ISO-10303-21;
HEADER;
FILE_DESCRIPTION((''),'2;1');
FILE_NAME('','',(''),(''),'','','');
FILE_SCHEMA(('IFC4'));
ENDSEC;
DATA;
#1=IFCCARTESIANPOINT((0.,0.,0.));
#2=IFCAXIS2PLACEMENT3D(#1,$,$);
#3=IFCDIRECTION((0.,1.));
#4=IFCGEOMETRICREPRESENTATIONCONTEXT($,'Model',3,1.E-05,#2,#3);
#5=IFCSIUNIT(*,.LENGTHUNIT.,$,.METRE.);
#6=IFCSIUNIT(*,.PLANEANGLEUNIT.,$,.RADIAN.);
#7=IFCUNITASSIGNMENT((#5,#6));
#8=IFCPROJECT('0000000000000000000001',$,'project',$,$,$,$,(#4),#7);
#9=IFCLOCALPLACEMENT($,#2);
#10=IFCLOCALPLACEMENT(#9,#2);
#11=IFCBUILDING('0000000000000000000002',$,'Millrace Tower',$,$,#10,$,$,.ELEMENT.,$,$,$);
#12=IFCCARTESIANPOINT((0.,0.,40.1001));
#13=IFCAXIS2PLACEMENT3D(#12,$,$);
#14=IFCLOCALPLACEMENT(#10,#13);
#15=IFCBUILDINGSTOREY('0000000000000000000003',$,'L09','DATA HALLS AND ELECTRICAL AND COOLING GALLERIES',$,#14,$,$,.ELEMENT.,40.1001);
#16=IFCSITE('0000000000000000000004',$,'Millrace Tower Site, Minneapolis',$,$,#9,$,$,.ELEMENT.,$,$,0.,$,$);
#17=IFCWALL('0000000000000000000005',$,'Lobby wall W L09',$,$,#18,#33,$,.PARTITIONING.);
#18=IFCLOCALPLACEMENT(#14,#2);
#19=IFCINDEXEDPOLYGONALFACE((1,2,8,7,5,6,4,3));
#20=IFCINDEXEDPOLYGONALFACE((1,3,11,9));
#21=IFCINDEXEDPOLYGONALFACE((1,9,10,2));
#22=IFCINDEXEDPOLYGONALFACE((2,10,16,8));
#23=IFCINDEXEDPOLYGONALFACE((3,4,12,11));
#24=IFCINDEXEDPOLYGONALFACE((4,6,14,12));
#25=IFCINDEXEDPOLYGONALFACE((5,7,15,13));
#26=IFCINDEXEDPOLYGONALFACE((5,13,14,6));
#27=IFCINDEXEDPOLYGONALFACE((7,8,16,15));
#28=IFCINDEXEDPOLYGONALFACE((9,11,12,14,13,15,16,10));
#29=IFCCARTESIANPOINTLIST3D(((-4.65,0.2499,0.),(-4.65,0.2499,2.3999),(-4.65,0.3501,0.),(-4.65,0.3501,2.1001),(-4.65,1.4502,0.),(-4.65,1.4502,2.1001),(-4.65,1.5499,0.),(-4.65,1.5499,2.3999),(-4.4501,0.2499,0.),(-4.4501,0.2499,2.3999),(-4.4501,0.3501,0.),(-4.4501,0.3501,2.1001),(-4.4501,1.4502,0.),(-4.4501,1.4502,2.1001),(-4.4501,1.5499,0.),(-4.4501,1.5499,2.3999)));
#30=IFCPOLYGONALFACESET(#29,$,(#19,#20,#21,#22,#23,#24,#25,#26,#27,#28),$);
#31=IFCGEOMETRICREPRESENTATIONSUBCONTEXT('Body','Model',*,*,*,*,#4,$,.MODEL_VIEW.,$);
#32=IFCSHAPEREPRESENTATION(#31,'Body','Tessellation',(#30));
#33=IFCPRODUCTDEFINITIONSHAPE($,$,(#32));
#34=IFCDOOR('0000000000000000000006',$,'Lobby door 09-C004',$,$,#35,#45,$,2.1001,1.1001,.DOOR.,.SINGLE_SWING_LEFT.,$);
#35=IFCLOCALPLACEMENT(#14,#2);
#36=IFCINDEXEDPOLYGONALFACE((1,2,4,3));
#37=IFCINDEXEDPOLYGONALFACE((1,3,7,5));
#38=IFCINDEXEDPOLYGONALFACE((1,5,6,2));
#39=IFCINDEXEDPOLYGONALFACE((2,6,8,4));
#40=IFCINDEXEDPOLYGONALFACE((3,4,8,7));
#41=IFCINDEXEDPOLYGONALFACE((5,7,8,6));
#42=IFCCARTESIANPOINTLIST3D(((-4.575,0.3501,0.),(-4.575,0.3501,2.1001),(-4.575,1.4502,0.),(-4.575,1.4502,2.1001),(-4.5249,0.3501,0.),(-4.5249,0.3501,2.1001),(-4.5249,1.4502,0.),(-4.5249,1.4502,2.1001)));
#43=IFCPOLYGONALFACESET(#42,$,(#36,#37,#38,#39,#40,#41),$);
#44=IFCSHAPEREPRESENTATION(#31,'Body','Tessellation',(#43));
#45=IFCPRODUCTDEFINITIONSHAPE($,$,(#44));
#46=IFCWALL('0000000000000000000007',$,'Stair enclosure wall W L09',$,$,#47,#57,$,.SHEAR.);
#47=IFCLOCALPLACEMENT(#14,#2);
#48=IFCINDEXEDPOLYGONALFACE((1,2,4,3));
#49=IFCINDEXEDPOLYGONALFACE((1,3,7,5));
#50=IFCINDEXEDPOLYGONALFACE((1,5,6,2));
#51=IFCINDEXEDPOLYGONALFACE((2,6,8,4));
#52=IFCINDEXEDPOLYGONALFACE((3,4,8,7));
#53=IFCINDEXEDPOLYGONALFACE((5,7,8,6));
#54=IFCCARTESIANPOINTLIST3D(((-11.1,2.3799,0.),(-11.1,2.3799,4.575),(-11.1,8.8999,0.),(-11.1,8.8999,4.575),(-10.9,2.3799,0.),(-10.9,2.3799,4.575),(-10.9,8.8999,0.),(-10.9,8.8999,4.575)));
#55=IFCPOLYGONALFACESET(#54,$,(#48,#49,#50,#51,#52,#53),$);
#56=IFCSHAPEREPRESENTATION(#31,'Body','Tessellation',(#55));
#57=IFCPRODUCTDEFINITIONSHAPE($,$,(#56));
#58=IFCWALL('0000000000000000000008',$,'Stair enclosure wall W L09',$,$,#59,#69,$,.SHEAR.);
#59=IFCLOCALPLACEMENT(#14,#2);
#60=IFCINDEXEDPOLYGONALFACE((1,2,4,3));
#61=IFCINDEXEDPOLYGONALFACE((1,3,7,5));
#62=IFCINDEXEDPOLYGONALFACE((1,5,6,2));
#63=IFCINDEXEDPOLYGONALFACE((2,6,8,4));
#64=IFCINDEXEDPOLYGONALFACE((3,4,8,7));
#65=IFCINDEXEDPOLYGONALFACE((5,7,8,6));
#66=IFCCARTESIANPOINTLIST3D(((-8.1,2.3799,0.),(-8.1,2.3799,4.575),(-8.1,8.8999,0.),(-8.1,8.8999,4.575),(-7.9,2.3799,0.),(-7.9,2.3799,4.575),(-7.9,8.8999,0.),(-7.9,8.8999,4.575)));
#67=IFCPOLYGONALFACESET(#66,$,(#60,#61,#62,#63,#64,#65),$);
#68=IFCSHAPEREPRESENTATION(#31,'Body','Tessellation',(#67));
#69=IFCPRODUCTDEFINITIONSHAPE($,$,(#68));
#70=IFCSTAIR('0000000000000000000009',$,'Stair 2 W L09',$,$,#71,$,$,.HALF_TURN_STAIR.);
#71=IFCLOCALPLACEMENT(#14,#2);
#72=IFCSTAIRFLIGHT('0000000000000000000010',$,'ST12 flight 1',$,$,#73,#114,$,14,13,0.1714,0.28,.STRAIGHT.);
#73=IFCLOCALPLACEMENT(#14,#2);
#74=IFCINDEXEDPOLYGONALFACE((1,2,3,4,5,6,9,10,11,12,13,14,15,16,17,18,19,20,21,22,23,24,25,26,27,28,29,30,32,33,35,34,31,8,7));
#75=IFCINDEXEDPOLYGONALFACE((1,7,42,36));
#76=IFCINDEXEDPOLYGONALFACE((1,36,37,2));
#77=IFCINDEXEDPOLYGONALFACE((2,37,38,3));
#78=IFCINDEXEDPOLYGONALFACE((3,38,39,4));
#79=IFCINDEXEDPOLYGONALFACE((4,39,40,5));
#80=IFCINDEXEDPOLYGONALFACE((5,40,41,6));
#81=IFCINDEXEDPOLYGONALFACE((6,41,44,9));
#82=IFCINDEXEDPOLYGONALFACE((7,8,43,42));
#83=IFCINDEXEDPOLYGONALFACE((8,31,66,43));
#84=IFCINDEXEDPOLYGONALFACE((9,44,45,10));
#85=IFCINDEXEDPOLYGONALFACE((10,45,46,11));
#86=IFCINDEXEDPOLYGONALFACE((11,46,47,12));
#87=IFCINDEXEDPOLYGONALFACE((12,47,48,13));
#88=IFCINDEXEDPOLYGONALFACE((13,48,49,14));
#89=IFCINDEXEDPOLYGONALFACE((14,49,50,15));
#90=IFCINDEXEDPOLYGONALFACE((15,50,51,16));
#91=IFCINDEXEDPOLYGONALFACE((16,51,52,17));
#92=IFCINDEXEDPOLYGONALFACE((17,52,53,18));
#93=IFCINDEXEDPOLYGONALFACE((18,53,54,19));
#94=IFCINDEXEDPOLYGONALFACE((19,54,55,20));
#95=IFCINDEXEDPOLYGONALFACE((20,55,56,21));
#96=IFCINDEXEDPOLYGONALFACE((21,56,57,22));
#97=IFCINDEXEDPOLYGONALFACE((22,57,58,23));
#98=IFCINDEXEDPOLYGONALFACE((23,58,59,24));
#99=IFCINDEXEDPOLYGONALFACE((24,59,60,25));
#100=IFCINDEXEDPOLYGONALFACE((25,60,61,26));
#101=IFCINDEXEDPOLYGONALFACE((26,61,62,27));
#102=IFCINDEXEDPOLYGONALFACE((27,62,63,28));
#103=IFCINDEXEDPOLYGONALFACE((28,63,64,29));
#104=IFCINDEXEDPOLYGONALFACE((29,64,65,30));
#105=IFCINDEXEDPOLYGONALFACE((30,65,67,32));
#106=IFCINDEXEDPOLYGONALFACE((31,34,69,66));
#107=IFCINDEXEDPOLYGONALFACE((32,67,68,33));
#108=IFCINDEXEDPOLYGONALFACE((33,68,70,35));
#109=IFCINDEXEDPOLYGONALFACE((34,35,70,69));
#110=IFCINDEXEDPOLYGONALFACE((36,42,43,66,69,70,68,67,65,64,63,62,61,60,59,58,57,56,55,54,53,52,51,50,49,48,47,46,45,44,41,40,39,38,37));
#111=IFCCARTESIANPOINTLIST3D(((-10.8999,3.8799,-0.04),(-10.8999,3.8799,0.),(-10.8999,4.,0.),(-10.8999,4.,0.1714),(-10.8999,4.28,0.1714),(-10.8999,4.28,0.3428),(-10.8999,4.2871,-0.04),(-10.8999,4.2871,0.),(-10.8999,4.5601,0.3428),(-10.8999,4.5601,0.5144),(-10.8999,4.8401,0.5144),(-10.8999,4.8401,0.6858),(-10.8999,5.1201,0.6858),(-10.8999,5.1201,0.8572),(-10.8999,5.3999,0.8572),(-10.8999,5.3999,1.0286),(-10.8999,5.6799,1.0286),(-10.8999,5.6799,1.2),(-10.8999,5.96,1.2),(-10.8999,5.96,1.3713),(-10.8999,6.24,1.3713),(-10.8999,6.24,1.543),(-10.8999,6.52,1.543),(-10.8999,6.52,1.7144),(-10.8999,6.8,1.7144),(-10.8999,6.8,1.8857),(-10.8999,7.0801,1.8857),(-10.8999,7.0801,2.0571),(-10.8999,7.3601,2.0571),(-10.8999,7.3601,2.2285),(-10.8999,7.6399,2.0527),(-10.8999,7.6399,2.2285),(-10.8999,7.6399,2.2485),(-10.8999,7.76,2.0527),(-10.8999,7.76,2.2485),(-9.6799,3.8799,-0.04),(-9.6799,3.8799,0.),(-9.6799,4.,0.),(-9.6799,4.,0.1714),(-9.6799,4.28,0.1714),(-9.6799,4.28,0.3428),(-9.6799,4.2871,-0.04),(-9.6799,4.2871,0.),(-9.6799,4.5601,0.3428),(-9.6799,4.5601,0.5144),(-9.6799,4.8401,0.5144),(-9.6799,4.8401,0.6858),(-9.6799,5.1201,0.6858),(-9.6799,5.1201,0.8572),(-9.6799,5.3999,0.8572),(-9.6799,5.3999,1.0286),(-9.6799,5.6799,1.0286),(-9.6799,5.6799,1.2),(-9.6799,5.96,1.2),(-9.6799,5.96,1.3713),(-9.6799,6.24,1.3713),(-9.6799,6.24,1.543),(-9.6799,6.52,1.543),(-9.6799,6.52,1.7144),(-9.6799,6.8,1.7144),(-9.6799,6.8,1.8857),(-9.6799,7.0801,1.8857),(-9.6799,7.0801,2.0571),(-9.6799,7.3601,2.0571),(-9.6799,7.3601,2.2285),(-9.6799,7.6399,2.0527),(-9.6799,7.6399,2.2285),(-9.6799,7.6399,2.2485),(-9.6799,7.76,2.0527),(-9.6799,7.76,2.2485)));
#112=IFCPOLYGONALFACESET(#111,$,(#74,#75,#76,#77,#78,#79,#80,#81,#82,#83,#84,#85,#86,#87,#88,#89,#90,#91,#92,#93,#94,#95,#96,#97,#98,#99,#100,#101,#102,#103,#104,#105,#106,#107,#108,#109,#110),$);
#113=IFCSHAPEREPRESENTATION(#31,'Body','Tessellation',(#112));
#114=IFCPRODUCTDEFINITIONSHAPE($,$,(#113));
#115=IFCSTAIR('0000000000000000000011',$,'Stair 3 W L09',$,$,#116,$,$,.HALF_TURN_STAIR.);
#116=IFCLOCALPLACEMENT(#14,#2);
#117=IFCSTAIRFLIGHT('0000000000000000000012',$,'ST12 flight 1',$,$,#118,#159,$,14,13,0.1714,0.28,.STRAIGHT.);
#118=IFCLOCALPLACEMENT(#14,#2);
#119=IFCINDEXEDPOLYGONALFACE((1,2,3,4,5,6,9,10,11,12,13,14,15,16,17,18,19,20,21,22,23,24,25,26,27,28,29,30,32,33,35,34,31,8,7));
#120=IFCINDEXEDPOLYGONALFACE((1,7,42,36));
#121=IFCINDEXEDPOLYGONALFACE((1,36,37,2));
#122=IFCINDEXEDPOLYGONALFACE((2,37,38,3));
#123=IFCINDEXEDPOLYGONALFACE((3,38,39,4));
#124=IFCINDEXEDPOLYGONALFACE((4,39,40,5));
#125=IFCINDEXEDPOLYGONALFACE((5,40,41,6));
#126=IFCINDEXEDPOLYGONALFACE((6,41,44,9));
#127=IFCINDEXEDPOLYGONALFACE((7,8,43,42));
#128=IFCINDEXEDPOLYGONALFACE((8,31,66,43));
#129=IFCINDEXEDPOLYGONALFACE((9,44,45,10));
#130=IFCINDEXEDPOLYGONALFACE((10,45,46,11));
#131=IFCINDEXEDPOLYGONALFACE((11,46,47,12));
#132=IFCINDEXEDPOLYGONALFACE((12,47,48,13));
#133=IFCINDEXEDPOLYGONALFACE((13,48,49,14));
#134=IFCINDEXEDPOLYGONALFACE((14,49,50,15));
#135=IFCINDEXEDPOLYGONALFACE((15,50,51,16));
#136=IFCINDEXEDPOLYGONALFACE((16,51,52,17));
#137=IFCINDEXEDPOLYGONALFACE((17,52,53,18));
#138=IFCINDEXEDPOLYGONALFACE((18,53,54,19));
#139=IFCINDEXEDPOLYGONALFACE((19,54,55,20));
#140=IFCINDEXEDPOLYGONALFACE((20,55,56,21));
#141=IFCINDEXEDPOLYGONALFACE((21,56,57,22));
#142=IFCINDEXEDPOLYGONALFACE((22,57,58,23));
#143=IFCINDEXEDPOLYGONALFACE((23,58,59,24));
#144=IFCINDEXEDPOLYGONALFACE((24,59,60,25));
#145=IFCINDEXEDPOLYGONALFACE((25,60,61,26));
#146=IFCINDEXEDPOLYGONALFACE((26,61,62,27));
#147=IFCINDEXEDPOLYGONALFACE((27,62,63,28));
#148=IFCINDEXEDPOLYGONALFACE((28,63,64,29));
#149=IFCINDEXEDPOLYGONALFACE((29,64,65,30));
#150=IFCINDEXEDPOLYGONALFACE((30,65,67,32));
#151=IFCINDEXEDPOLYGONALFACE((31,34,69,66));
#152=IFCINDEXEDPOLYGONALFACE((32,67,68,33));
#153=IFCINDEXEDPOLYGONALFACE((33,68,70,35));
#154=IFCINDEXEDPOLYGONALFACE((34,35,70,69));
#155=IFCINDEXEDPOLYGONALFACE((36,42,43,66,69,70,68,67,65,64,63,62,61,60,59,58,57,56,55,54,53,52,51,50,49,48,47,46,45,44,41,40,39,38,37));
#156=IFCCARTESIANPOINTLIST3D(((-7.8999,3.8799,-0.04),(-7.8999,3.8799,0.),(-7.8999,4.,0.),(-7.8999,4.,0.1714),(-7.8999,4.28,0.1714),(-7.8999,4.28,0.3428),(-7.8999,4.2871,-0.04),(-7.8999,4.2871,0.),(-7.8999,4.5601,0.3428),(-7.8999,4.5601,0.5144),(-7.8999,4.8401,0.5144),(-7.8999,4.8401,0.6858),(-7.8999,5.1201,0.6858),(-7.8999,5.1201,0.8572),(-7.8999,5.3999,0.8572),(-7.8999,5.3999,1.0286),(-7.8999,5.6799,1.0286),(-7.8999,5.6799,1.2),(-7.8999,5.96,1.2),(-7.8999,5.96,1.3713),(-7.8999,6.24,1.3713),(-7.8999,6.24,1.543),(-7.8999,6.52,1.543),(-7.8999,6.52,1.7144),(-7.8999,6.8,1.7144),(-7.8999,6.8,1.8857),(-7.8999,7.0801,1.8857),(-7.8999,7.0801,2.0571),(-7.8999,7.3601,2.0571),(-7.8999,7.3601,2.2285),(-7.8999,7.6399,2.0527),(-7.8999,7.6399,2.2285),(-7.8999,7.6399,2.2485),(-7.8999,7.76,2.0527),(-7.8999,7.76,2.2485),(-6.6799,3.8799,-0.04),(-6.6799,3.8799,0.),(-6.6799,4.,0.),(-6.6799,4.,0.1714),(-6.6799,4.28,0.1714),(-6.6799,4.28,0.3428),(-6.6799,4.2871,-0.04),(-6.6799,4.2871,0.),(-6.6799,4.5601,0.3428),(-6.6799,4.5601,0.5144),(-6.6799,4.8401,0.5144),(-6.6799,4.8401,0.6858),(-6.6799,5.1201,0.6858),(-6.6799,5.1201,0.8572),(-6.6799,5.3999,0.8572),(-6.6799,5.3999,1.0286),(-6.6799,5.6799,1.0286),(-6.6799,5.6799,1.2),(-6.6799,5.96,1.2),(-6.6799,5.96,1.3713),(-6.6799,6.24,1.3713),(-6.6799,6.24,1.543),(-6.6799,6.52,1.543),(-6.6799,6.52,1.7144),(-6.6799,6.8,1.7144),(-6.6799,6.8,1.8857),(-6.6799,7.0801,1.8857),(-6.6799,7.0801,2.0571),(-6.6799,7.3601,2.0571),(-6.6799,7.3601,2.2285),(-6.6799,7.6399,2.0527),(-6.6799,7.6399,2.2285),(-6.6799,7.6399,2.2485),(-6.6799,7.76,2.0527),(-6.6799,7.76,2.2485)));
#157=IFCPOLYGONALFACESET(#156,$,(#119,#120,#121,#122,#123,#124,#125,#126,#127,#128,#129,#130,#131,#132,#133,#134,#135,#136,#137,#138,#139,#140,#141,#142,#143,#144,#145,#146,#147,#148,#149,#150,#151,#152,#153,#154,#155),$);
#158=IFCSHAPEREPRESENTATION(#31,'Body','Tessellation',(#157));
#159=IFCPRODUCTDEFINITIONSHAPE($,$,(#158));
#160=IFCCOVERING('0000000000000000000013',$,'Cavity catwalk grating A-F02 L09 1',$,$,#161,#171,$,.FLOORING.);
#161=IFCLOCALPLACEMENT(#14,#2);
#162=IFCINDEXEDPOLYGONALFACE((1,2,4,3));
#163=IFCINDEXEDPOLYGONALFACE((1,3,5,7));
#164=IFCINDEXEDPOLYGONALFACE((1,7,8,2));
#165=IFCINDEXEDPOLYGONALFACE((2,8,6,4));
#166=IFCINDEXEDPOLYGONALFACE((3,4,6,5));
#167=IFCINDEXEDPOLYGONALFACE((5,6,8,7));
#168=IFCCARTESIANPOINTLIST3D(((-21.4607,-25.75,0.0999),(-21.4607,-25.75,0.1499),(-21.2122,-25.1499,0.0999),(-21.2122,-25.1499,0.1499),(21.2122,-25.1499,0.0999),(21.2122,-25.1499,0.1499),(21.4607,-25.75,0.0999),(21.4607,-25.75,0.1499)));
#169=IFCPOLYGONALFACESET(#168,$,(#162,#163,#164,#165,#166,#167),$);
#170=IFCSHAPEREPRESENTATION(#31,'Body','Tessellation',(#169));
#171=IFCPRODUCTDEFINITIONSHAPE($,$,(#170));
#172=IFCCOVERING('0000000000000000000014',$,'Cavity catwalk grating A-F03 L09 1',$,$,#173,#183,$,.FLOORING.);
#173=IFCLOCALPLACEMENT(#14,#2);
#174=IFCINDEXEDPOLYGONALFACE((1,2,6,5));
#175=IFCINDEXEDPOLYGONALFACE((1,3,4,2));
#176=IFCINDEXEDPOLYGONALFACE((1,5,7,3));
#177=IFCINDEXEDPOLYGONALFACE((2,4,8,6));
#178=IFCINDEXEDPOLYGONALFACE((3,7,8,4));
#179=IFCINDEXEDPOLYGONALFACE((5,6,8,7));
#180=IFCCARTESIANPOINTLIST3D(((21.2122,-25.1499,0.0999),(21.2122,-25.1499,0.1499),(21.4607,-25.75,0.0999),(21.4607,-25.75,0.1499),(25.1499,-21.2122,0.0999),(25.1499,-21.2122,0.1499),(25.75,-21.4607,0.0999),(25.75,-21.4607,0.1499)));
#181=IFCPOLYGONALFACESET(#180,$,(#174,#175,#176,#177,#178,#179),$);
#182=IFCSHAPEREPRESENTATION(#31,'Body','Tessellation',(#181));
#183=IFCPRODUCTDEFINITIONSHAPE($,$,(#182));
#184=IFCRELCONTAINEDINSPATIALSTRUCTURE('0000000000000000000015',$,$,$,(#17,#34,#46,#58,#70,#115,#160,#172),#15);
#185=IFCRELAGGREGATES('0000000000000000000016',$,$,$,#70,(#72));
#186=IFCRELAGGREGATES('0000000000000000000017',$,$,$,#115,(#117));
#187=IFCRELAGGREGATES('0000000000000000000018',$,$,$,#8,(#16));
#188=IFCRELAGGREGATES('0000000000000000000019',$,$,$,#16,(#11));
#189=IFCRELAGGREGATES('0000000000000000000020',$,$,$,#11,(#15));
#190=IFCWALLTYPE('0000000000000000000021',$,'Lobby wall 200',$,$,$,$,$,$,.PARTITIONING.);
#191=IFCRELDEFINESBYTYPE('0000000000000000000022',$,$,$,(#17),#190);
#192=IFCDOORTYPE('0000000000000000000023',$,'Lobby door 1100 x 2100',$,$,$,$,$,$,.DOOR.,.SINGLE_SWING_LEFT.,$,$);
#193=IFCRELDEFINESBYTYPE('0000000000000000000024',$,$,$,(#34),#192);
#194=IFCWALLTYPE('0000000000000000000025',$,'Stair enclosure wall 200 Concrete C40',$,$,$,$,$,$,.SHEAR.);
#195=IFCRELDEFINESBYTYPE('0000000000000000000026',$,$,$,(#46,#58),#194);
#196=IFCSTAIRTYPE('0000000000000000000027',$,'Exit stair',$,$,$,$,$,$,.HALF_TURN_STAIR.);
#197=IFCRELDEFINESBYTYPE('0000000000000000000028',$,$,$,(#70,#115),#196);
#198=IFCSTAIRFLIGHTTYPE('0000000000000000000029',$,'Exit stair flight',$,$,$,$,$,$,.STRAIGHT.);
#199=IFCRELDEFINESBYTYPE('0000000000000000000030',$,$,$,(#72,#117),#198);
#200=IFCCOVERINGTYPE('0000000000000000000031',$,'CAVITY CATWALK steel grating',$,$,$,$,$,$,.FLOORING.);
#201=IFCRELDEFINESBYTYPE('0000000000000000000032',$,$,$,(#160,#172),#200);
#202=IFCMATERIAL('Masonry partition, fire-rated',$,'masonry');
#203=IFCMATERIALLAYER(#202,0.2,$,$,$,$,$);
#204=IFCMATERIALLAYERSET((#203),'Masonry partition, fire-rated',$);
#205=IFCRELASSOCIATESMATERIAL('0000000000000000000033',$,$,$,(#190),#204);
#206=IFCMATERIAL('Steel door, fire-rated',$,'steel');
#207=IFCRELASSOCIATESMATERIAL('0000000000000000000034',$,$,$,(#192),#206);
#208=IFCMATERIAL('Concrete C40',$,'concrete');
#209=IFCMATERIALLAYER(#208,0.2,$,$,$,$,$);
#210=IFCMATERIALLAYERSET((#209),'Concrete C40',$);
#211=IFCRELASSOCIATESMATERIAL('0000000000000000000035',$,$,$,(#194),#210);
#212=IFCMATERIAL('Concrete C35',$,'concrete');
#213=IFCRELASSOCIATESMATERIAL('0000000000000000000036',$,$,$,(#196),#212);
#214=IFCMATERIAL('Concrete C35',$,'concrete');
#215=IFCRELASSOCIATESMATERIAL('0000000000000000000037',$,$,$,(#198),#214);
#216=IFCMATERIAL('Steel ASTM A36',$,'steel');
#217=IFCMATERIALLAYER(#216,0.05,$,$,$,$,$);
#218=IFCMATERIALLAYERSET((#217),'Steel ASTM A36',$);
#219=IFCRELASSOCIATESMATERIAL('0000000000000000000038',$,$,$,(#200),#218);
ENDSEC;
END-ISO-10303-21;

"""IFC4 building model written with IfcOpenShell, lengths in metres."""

from ifc_helpers import new_model, si_unit, direction, frame, frame_2d, origin, place, context, subcontext, project, spatial, polyline, rectangle, outline, extrude, material, layer, layer_set, type_object, element, fill, aggregate, save


model = new_model("IFC4")

# Units and contexts
model_context = context("Model", 3, precision=1e-05, world=origin(), true_north=direction((0.0, 1.0)))
body_context = subcontext(model_context, "Body", "Model", "MODEL_VIEW")
ifc_project = project(units=[si_unit("LENGTHUNIT", "METRE"), si_unit("PLANEANGLEUNIT", "RADIAN")], contexts=[model_context])

# Site, building, storey
site_placement = place(None, origin())
site = spatial("IfcSite", under=ifc_project, at=site_placement, Name="Millrace Tower Site, Minneapolis", CompositionType="ELEMENT", RefElevation=0.0)
building_placement = place(site_placement, origin())
building = spatial("IfcBuilding", under=site, at=building_placement, Name="Millrace Tower", CompositionType="ELEMENT")
storey_placement = place(building_placement, frame((0.0, 0.0, 40.1001)))
storey = spatial("IfcBuildingStorey", under=building, at=storey_placement, Name="L09", Description="DATA HALLS AND ELECTRICAL AND COOLING GALLERIES", CompositionType="ELEMENT", Elevation=40.1001)

# Shared definitions
placement_1 = place(storey_placement, origin())

# Wall, opening, door
ifc_material_1 = material(Name="Masonry partition, fire-rated", Category="masonry")
ifc_layer_1 = layer(ifc_material_1, 0.2)
ifc_layer_set_1 = layer_set([ifc_layer_1], Name="Masonry partition, fire-rated")
wall_type_1 = type_object("IfcWallType", Name="Lobby wall 200", PredefinedType="PARTITIONING", material=ifc_layer_set_1)
wall_1_placement = place(storey_placement, frame((-4.55, 0.25, 0.0), z_axis=(0.0, 0.0, 1.0), x_axis=(0.0, 1.0, 0.0)))
wall_1 = element("IfcWall", 1, at=wall_1_placement, inside=storey, type_object=wall_type_1, Name="Lobby wall W L09", PredefinedType="PARTITIONING", context=body_context, shape_type="SweptSolid", body=[
    extrude(rectangle(XDim=1.3, YDim=0.2, at=frame_2d((0.6499, 0.0))), origin(), (0.0, 0.0, 1.0), 2.3999),
])
opening_placement = place(wall_1_placement, frame((0.1001, 0.0, 0.0)))
opening = element("IfcOpeningElement", 2, at=opening_placement, cuts=wall_1, PredefinedType="OPENING", context=body_context, shape_type="SweptSolid", body=[
    extrude(rectangle(XDim=1.1001, YDim=2.1001, at=frame_2d((0.55, 1.05))), frame((0.0, 0.1099, 0.0), z_axis=(0.0, -1.0, 0.0), x_axis=(1.0, 0.0, 0.0)), (0.0, 0.0, 1.0), 0.22),
])
ifc_material_2 = material(Name="Steel door, fire-rated", Category="steel")
door_type = type_object("IfcDoorType", Name="Lobby door 1100 x 2100", OperationType="SINGLE_SWING_LEFT", PredefinedType="DOOR", material=ifc_material_2)
door_placement = place(opening_placement, origin())
door = element("IfcDoor", 3, at=door_placement, inside=storey, type_object=door_type, Name="Lobby door 09-C004", OperationType="SINGLE_SWING_LEFT", OverallHeight=2.1001, OverallWidth=1.1001, PredefinedType="DOOR", context=body_context, shape_type="SweptSolid", body=[
    extrude(rectangle(XDim=1.1001, YDim=2.1001, at=frame_2d((0.55, 1.05))), frame((0.0, 0.0249, 0.0), z_axis=(0.0, -1.0, 0.0), x_axis=(1.0, 0.0, 0.0)), (0.0, 0.0, 1.0), 0.05),
])
fill(opening, door)

# Walls
ifc_material_3 = material(Name="Concrete C40", Category="concrete")
ifc_layer_2 = layer(ifc_material_3, 0.2)
ifc_layer_set_2 = layer_set([ifc_layer_2], Name="Concrete C40")
wall_type_2 = type_object("IfcWallType", Name="Stair enclosure wall 200 Concrete C40", PredefinedType="SHEAR", material=ifc_layer_set_2)
for number, where, z_axis, x_axis, name in (
    (4, (-11.0, 2.3799, 0.0), (0.0, 0.0, 1.0), (0.0, 1.0, 0.0), "Stair enclosure wall W L09"),
    (5, (-8.0, 2.3799, 0.0), (0.0, 0.0, 1.0), (0.0, 1.0, 0.0), "Stair enclosure wall W L09"),
):
    element("IfcWall", number, at=place(storey_placement, frame(where, z_axis=z_axis, x_axis=x_axis)), inside=storey, type_object=wall_type_2, Name=name, PredefinedType="SHEAR", context=body_context, shape_type="SweptSolid", body=[
        extrude(rectangle(XDim=6.52, YDim=0.2, at=frame_2d((3.26, 0.0))), origin(), (0.0, 0.0, 1.0), 4.575),
    ])

# Stairs, stair flights
ifc_material_4 = material(Name="Concrete C35", Category="concrete")
stair_type = type_object("IfcStairType", Name="Exit stair", PredefinedType="HALF_TURN_STAIR", material=ifc_material_4)
stair_1 = element("IfcStair", 6, at=placement_1, inside=storey, type_object=stair_type, Name="Stair 2 W L09", PredefinedType="HALF_TURN_STAIR")
ifc_material_5 = material(Name="Concrete C35", Category="concrete")
stair_flight_type = type_object("IfcStairFlightType", Name="Exit stair flight", PredefinedType="STRAIGHT", material=ifc_material_5)
stair_flight_1_placement = place(storey_placement, frame((-10.29, 4.0, 0.0), z_axis=(0.0, 0.0, 1.0), x_axis=(0.0, 1.0, 0.0)))
stair_flight_1 = element("IfcStairFlight", 7, at=stair_flight_1_placement, type_object=stair_flight_type, Name="ST12 flight 1", NumberOfRisers=14, NumberOfTreads=13, PredefinedType="STRAIGHT", RiserHeight=0.1714, TreadLength=0.28, context=body_context, shape_type="SweptSolid", body=[
    extrude(outline(polyline([(-0.1201, -0.04), (-0.1201, 0.0), (0.0, 0.0), (0.0, 0.1714), (0.28, 0.1714), (0.28, 0.3428), (0.5601, 0.3428), (0.5601, 0.5144), (0.8401, 0.5144), (0.8401, 0.6858), (1.1201, 0.6858), (1.1201, 0.8572), (1.3999, 0.8572), (1.3999, 1.0286), (1.6799, 1.0286), (1.6799, 1.2), (1.96, 1.2), (1.96, 1.3713), (2.24, 1.3713), (2.24, 1.543), (2.52, 1.543), (2.52, 1.7144), (2.8, 1.7144), (2.8, 1.8857), (3.0801, 1.8857), (3.0801, 2.0571), (3.3601, 2.0571), (3.3601, 2.2285), (3.6399, 2.2285), (3.6399, 2.2485), (3.76, 2.2485), (3.76, 2.0527), (3.6399, 2.0527), (0.2871, 0.0), (0.2871, -0.04), (-0.1201, -0.04)])), frame((0.0, 0.6099, 0.0), z_axis=(0.0, -1.0, 0.0), x_axis=(1.0, 0.0, 0.0)), (0.0, 0.0, 1.0), 1.22),
])
aggregate(stair_1, [stair_flight_1])
stair_2 = element("IfcStair", 8, at=placement_1, inside=storey, type_object=stair_type, Name="Stair 3 W L09", PredefinedType="HALF_TURN_STAIR")
stair_flight_2_placement = place(storey_placement, frame((-7.29, 4.0, 0.0), z_axis=(0.0, 0.0, 1.0), x_axis=(0.0, 1.0, 0.0)))
stair_flight_2 = element("IfcStairFlight", 9, at=stair_flight_2_placement, type_object=stair_flight_type, Name="ST12 flight 1", NumberOfRisers=14, NumberOfTreads=13, PredefinedType="STRAIGHT", RiserHeight=0.1714, TreadLength=0.28, context=body_context, shape_type="SweptSolid", body=[
    extrude(outline(polyline([(-0.1201, -0.04), (-0.1201, 0.0), (0.0, 0.0), (0.0, 0.1714), (0.28, 0.1714), (0.28, 0.3428), (0.5601, 0.3428), (0.5601, 0.5144), (0.8401, 0.5144), (0.8401, 0.6858), (1.1201, 0.6858), (1.1201, 0.8572), (1.3999, 0.8572), (1.3999, 1.0286), (1.6799, 1.0286), (1.6799, 1.2), (1.96, 1.2), (1.96, 1.3713), (2.24, 1.3713), (2.24, 1.543), (2.52, 1.543), (2.52, 1.7144), (2.8, 1.7144), (2.8, 1.8857), (3.0801, 1.8857), (3.0801, 2.0571), (3.3601, 2.0571), (3.3601, 2.2285), (3.6399, 2.2285), (3.6399, 2.2485), (3.76, 2.2485), (3.76, 2.0527), (3.6399, 2.0527), (0.2871, 0.0), (0.2871, -0.04), (-0.1201, -0.04)])), frame((0.0, 0.6099, 0.0), z_axis=(0.0, -1.0, 0.0), x_axis=(1.0, 0.0, 0.0)), (0.0, 0.0, 1.0), 1.22),
])
aggregate(stair_2, [stair_flight_2])

# Coverings
ifc_material_6 = material(Name="Steel ASTM A36", Category="steel")
ifc_layer_3 = layer(ifc_material_6, 0.05)
ifc_layer_set_3 = layer_set([ifc_layer_3], Name="Steel ASTM A36")
covering_type = type_object("IfcCoveringType", Name="CAVITY CATWALK steel grating", PredefinedType="FLOORING", material=ifc_layer_set_3)
placement_2 = place(storey_placement, frame((0.0, 0.0, 0.0999)))
element("IfcCovering", 10, at=placement_2, inside=storey, type_object=covering_type, Name="Cavity catwalk grating A-F02 L09 1", PredefinedType="FLOORING", context=body_context, shape_type="SweptSolid", body=[
    extrude(outline(polyline([(-21.4607, -25.75), (21.4607, -25.75), (21.2122, -25.1499), (-21.2122, -25.1499), (-21.4607, -25.75)])), origin(), (0.0, 0.0, 1.0), 0.05),
])
element("IfcCovering", 11, at=placement_2, inside=storey, type_object=covering_type, Name="Cavity catwalk grating A-F03 L09 1", PredefinedType="FLOORING", context=body_context, shape_type="SweptSolid", body=[
    extrude(outline(polyline([(21.4607, -25.75), (25.75, -21.4607), (25.1499, -21.2122), (21.2122, -25.1499), (21.4607, -25.75)])), origin(), (0.0, 0.0, 1.0), 0.05),
])

save(model, "model.ifc")
